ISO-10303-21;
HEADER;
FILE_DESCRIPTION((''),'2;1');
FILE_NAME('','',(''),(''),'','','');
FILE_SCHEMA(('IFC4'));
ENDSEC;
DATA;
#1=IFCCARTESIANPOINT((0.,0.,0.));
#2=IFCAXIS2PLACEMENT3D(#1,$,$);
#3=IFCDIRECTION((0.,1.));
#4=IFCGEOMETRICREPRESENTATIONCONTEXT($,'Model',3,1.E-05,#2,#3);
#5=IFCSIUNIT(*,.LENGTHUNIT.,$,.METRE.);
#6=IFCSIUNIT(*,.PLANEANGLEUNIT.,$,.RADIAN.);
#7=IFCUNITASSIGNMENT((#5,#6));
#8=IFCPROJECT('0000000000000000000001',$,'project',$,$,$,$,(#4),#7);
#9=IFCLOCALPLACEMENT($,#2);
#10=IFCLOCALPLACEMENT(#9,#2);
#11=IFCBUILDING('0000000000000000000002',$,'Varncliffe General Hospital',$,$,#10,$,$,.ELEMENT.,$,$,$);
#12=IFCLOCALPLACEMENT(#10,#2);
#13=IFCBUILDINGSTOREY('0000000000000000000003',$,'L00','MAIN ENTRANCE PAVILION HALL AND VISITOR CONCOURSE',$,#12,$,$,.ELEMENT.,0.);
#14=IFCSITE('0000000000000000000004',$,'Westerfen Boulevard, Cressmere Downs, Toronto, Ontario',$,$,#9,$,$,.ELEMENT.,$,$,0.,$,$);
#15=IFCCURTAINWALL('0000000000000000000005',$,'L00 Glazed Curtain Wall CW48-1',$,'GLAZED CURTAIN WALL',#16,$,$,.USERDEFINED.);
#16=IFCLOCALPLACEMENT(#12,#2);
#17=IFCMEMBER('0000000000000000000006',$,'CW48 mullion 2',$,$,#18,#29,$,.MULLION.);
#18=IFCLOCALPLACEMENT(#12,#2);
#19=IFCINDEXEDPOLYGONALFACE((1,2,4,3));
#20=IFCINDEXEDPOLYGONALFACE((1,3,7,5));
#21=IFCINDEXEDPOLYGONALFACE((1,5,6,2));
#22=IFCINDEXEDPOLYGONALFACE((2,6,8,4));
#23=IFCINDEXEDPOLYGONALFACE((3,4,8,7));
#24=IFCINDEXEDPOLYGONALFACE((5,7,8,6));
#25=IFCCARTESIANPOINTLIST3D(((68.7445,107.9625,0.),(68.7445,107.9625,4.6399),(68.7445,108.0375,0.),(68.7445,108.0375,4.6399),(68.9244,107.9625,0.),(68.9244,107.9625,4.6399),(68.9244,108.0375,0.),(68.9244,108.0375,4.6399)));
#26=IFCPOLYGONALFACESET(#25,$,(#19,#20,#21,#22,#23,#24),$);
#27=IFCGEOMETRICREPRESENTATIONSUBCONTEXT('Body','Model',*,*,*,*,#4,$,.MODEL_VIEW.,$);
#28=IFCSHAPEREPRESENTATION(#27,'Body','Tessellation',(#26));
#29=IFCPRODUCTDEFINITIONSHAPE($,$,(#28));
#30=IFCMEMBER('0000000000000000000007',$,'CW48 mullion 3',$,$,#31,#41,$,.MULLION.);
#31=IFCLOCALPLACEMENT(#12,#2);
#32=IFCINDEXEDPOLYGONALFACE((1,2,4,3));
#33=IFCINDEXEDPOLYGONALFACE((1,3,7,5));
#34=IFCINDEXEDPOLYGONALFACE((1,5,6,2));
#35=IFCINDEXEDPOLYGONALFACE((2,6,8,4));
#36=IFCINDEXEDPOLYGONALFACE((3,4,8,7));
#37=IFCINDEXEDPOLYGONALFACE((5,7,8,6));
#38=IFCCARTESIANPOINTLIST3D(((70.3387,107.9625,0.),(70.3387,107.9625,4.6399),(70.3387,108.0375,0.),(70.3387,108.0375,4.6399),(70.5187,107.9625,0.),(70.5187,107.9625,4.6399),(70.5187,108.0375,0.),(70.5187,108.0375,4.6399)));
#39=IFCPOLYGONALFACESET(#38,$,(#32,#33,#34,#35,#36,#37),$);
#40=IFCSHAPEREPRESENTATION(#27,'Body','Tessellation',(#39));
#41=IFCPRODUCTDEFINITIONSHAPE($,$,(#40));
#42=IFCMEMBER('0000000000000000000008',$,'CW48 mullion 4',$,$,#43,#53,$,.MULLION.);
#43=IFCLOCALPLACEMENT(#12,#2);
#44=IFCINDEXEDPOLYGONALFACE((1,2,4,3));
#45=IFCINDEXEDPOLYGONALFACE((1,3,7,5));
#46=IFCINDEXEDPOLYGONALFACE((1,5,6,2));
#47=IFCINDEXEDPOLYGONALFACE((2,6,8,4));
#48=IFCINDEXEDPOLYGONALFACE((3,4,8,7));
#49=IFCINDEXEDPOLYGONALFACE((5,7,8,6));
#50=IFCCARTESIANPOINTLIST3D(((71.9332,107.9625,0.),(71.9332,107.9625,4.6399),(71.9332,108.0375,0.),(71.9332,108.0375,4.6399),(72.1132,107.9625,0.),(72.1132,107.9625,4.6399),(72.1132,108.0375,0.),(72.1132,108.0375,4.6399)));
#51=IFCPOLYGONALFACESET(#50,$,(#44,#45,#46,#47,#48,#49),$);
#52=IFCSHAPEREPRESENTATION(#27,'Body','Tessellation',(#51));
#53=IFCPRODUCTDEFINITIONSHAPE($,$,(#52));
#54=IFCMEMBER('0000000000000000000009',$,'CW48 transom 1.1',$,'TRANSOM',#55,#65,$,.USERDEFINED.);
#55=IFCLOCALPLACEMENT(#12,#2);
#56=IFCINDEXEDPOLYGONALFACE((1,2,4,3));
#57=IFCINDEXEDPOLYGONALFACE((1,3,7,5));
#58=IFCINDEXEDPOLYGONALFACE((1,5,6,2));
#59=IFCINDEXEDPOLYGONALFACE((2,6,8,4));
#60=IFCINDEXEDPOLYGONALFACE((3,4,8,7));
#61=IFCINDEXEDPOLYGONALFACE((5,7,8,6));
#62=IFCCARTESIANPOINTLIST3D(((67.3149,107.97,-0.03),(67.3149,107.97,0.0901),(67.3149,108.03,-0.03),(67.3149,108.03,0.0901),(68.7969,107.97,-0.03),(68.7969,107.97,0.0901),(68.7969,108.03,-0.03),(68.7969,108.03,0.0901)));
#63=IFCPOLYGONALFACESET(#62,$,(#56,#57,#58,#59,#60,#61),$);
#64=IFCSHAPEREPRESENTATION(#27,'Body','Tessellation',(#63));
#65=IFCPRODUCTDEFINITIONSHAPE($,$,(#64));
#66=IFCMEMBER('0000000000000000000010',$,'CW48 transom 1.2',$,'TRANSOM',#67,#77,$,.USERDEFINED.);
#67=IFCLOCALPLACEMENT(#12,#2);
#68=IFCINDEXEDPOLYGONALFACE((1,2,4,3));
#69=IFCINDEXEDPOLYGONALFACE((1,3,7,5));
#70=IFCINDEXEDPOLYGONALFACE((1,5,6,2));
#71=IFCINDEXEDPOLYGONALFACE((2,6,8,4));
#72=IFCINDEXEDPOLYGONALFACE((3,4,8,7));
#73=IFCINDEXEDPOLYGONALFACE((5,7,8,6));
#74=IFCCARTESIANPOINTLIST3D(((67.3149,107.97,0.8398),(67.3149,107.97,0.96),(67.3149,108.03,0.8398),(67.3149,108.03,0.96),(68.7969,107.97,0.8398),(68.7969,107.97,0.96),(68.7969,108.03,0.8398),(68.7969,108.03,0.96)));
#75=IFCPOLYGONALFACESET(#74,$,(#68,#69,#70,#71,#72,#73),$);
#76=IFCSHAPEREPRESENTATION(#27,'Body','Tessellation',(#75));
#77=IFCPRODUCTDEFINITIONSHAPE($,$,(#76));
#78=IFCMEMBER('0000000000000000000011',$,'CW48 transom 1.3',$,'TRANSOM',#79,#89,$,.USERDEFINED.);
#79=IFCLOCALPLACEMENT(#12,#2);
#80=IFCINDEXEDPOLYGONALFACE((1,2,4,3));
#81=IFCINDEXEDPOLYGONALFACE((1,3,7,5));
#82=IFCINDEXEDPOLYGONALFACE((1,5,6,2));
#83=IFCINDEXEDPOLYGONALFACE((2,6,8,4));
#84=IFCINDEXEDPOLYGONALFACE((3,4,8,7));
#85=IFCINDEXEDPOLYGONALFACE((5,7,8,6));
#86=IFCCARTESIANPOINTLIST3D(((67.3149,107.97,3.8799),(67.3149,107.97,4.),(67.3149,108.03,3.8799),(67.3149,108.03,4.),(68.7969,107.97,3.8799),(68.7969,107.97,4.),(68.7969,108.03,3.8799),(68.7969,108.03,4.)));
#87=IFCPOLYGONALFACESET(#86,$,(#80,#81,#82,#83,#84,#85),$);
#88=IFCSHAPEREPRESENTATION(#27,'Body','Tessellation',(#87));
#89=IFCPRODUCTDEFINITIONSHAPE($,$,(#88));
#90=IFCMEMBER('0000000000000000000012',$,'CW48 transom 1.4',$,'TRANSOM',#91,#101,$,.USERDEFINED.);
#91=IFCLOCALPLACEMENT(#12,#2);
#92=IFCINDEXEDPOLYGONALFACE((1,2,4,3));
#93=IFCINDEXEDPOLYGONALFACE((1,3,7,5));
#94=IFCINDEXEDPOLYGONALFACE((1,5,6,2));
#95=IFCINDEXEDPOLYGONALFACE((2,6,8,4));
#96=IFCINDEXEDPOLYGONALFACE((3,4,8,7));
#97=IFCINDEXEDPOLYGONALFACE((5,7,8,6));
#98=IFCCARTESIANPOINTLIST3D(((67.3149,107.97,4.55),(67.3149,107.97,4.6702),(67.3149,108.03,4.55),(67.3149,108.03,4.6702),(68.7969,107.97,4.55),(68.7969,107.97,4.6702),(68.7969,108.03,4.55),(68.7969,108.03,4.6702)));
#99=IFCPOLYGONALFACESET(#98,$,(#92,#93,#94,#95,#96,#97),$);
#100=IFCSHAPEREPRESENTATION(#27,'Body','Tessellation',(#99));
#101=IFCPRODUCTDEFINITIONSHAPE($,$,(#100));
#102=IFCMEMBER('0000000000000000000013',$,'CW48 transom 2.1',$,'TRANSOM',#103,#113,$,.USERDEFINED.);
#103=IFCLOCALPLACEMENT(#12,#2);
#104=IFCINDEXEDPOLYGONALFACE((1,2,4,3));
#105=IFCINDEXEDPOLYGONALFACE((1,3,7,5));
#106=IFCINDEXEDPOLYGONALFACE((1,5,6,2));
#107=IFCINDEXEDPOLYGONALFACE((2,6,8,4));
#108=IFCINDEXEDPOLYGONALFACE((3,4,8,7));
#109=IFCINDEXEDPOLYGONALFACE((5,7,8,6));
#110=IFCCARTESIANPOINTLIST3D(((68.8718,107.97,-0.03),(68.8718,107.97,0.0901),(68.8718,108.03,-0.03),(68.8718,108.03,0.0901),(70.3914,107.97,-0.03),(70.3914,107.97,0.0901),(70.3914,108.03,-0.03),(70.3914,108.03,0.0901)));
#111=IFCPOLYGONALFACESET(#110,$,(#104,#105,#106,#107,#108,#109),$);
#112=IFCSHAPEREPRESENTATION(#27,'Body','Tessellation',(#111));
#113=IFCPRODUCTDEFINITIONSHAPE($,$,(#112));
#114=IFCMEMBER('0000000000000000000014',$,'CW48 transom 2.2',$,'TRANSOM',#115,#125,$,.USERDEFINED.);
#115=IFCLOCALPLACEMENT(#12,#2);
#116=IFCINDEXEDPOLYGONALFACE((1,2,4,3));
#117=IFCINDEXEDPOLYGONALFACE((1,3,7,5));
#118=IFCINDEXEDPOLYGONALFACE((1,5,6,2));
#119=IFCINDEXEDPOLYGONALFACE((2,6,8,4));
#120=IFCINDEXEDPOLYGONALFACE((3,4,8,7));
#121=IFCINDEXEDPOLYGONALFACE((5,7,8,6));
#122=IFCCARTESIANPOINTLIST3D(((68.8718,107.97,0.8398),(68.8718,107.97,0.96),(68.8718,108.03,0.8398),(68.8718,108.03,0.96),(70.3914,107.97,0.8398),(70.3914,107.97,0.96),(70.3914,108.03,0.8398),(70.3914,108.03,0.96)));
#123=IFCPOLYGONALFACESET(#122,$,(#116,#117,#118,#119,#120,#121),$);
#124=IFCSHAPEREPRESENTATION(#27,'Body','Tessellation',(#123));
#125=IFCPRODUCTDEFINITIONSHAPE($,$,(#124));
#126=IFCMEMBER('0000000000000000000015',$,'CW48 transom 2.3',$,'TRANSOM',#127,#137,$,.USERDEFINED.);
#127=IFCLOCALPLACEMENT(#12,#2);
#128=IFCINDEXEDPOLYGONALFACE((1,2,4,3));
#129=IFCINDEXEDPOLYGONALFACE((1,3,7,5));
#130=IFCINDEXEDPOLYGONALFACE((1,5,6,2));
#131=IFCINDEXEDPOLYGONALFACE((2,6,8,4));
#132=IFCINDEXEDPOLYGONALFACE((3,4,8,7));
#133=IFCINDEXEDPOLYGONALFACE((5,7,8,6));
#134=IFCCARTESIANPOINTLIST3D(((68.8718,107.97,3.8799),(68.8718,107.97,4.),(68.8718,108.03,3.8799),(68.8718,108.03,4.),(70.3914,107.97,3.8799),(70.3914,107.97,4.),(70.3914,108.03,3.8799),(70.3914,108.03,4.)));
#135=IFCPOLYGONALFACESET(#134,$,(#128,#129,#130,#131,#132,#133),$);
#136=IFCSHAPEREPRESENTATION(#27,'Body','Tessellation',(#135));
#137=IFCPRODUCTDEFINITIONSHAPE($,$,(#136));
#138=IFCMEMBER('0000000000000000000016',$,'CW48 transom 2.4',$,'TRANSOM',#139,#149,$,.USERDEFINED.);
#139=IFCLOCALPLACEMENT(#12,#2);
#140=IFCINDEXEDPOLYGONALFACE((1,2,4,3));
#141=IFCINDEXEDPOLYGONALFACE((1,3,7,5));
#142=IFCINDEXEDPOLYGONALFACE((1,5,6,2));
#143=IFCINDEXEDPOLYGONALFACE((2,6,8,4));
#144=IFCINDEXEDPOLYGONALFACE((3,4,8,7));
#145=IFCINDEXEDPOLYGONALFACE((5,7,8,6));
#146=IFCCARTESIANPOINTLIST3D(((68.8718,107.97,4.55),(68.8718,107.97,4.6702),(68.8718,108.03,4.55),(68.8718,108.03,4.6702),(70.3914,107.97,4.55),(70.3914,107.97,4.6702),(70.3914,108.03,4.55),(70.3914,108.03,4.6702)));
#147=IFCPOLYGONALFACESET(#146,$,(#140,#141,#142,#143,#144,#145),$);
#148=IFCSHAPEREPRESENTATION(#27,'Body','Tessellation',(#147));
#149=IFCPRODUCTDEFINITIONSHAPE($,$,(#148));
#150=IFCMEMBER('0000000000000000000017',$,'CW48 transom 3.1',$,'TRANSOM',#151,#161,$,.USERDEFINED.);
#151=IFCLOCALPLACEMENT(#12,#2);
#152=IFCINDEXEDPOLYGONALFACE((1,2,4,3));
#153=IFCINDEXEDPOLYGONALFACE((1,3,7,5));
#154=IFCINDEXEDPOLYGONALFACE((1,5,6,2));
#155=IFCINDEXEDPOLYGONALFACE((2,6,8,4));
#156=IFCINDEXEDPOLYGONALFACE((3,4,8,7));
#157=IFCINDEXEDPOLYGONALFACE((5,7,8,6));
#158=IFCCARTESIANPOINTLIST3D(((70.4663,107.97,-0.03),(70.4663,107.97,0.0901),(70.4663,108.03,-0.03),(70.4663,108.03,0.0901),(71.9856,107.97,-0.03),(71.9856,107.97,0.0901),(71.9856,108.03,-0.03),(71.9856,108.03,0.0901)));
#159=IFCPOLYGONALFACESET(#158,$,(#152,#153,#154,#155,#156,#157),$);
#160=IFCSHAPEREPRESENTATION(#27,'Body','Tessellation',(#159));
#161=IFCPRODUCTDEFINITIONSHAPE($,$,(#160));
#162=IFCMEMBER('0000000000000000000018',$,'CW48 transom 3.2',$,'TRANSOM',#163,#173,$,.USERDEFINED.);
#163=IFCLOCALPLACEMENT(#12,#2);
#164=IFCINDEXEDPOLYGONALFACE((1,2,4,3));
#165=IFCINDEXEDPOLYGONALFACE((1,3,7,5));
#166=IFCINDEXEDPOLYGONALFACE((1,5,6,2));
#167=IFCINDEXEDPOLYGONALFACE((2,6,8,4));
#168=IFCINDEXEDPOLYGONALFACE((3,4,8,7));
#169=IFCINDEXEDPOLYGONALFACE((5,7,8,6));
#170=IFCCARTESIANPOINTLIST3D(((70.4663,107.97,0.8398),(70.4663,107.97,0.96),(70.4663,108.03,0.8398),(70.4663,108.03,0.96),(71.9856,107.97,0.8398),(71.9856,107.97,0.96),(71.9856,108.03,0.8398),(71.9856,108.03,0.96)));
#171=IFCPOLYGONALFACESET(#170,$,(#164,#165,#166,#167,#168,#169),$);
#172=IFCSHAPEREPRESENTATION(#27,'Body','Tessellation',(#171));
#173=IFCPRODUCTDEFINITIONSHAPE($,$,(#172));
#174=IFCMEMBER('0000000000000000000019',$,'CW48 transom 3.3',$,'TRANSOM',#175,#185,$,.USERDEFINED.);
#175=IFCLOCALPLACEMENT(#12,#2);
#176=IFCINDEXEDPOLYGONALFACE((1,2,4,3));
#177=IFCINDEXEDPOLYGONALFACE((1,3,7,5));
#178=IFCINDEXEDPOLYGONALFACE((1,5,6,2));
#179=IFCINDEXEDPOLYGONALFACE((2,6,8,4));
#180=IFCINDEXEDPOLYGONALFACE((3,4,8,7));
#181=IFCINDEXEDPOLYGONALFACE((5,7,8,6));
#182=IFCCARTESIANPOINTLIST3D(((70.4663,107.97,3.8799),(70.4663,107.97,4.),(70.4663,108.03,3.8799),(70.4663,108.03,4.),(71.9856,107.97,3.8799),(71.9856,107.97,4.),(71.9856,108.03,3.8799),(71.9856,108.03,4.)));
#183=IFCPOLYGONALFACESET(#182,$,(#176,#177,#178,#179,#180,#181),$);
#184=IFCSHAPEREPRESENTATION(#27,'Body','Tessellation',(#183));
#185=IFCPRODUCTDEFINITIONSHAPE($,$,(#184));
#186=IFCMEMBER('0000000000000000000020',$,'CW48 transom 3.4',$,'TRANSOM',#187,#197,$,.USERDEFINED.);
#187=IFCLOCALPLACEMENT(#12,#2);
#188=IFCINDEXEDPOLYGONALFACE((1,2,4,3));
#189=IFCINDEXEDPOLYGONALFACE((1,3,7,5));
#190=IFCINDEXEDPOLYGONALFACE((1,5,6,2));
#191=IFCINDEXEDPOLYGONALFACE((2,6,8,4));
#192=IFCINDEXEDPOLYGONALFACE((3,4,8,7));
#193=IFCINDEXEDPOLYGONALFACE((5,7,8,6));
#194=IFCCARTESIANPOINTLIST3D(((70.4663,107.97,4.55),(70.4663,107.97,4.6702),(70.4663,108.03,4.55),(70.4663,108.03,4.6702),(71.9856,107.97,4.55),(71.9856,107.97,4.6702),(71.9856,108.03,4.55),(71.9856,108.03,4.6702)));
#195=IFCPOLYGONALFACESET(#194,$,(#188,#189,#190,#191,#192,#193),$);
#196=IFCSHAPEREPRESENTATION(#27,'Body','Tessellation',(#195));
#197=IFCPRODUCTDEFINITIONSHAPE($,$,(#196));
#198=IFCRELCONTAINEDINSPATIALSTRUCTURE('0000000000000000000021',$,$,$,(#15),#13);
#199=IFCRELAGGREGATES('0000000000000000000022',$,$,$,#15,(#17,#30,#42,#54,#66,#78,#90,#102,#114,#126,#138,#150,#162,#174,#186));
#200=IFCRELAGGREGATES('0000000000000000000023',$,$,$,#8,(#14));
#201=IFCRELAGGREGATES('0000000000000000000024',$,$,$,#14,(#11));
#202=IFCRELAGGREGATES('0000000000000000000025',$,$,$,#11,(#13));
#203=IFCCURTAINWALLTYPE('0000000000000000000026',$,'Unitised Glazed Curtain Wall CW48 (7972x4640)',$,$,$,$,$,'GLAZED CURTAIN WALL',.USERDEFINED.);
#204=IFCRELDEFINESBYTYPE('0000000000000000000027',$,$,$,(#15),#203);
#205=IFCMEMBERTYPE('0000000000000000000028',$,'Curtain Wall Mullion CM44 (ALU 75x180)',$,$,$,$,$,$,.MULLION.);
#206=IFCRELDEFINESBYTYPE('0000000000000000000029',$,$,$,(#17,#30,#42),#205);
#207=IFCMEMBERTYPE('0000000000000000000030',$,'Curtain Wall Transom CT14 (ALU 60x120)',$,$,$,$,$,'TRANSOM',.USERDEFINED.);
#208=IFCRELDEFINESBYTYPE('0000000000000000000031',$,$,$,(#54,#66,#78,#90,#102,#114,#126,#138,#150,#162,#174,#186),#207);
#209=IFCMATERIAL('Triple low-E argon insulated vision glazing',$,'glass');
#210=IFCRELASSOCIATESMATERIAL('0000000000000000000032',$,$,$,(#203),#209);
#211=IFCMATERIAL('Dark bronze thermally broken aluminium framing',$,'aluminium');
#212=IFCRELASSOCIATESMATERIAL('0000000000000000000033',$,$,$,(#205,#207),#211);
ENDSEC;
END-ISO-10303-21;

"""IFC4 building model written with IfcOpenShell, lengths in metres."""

from ifc_helpers import new_model, si_unit, direction, frame, origin, origin_2d, place, context, subcontext, project, spatial, rectangle, extrude, material, material_profile, profile_set, type_object, element, aggregate, save


model = new_model("IFC4")

# Units and contexts
model_context = context("Model", 3, precision=1e-05, world=origin(), true_north=direction((0.0, 1.0)))
body_context = subcontext(model_context, "Body", "Model", "MODEL_VIEW")
ifc_project = project(units=[si_unit("LENGTHUNIT", "METRE"), si_unit("PLANEANGLEUNIT", "RADIAN")], contexts=[model_context])

# Site, building, storey
site_placement = place(None, origin())
site = spatial("IfcSite", under=ifc_project, at=site_placement, Name="Westerfen Boulevard, Cressmere Downs, Toronto, Ontario", CompositionType="ELEMENT", RefElevation=0.0)
building_placement = place(site_placement, origin())
building = spatial("IfcBuilding", under=site, at=building_placement, Name="Varncliffe General Hospital", CompositionType="ELEMENT")
storey_placement = place(building_placement, origin())
storey = spatial("IfcBuildingStorey", under=building, at=storey_placement, Name="L00", Description="MAIN ENTRANCE PAVILION HALL AND VISITOR CONCOURSE", CompositionType="ELEMENT", Elevation=0.0)

# Curtain wall, members
ifc_material_1 = material(Name="Triple low-E argon insulated vision glazing", Category="glass")
curtain_wall_type = type_object("IfcCurtainWallType", Name="Unitised Glazed Curtain Wall CW48 (7972x4640)", ElementType="GLAZED CURTAIN WALL", PredefinedType="USERDEFINED", material=ifc_material_1)
curtain_wall_placement = place(storey_placement, origin())
curtain_wall = element("IfcCurtainWall", 1, at=curtain_wall_placement, inside=storey, type_object=curtain_wall_type, Name="L00 Glazed Curtain Wall CW48-1", ObjectType="GLAZED CURTAIN WALL", PredefinedType="USERDEFINED")
ifc_material_2 = material(Name="Dark bronze thermally broken aluminium framing", Category="aluminium")
ifc_material_profile_1 = material_profile(ifc_material_2, rectangle(XDim=0.075, YDim=0.1799, at=origin_2d()), Name="ALU 75x180")
ifc_profile_set_1 = profile_set([ifc_material_profile_1], Name="Dark bronze thermally broken aluminium framing")
member_type_1 = type_object("IfcMemberType", Name="Curtain Wall Mullion CM44 (ALU 75x180)", PredefinedType="MULLION", material=ifc_profile_set_1)
member_1_placement = place(storey_placement, frame((68.8345, 108.0, 0.0), z_axis=(0.0, 0.0, 1.0), x_axis=(0.0, 1.0, 0.0)))
member_1 = element("IfcMember", 2, at=member_1_placement, type_object=member_type_1, Name="CW48 mullion 2", PredefinedType="MULLION", context=body_context, shape_type="SweptSolid", body=[
    extrude(rectangle(XDim=0.075, YDim=0.1799, at=origin_2d()), origin(), (0.0, 0.0, 1.0), 4.6399),
])
member_2_placement = place(storey_placement, frame((70.4287, 108.0, 0.0), z_axis=(0.0, 0.0, 1.0), x_axis=(0.0, 1.0, 0.0)))
member_2 = element("IfcMember", 3, at=member_2_placement, type_object=member_type_1, Name="CW48 mullion 3", PredefinedType="MULLION", context=body_context, shape_type="SweptSolid", body=[
    extrude(rectangle(XDim=0.075, YDim=0.1799, at=origin_2d()), origin(), (0.0, 0.0, 1.0), 4.6399),
])
member_3_placement = place(storey_placement, frame((72.0232, 108.0, 0.0), z_axis=(0.0, 0.0, 1.0), x_axis=(0.0, 1.0, 0.0)))
member_3 = element("IfcMember", 4, at=member_3_placement, type_object=member_type_1, Name="CW48 mullion 4", PredefinedType="MULLION", context=body_context, shape_type="SweptSolid", body=[
    extrude(rectangle(XDim=0.075, YDim=0.1799, at=origin_2d()), origin(), (0.0, 0.0, 1.0), 4.6399),
])
ifc_material_profile_2 = material_profile(ifc_material_2, rectangle(XDim=0.0601, YDim=0.1201, at=origin_2d()), Name="ALU 60x120")
ifc_profile_set_2 = profile_set([ifc_material_profile_2], Name="Dark bronze thermally broken aluminium framing")
member_type_2 = type_object("IfcMemberType", Name="Curtain Wall Transom CT14 (ALU 60x120)", ElementType="TRANSOM", PredefinedType="USERDEFINED", material=ifc_profile_set_2)
member_4_placement = place(storey_placement, frame((67.3149, 108.0, 0.03), z_axis=(1.0, 0.0, 0.0), x_axis=(0.0, 1.0, 0.0)))
member_4 = element("IfcMember", 5, at=member_4_placement, type_object=member_type_2, Name="CW48 transom 1.1", ObjectType="TRANSOM", PredefinedType="USERDEFINED", context=body_context, shape_type="SweptSolid", body=[
    extrude(rectangle(XDim=0.0601, YDim=0.1201, at=origin_2d()), origin(), (0.0, 0.0, 1.0), 1.4819),
])
member_5_placement = place(storey_placement, frame((67.3149, 108.0, 0.8999), z_axis=(1.0, 0.0, 0.0), x_axis=(0.0, 1.0, 0.0)))
member_5 = element("IfcMember", 6, at=member_5_placement, type_object=member_type_2, Name="CW48 transom 1.2", ObjectType="TRANSOM", PredefinedType="USERDEFINED", context=body_context, shape_type="SweptSolid", body=[
    extrude(rectangle(XDim=0.0601, YDim=0.1201, at=origin_2d()), origin(), (0.0, 0.0, 1.0), 1.4819),
])
member_6_placement = place(storey_placement, frame((67.3149, 108.0, 3.9399), z_axis=(1.0, 0.0, 0.0), x_axis=(0.0, 1.0, 0.0)))
member_6 = element("IfcMember", 7, at=member_6_placement, type_object=member_type_2, Name="CW48 transom 1.3", ObjectType="TRANSOM", PredefinedType="USERDEFINED", context=body_context, shape_type="SweptSolid", body=[
    extrude(rectangle(XDim=0.0601, YDim=0.1201, at=origin_2d()), origin(), (0.0, 0.0, 1.0), 1.4819),
])
member_7_placement = place(storey_placement, frame((67.3149, 108.0, 4.6101), z_axis=(1.0, 0.0, 0.0), x_axis=(0.0, 1.0, 0.0)))
member_7 = element("IfcMember", 8, at=member_7_placement, type_object=member_type_2, Name="CW48 transom 1.4", ObjectType="TRANSOM", PredefinedType="USERDEFINED", context=body_context, shape_type="SweptSolid", body=[
    extrude(rectangle(XDim=0.0601, YDim=0.1201, at=origin_2d()), origin(), (0.0, 0.0, 1.0), 1.4819),
])
member_8_placement = place(storey_placement, frame((68.8718, 108.0, 0.03), z_axis=(1.0, 0.0, 0.0), x_axis=(0.0, 1.0, 0.0)))
member_8 = element("IfcMember", 9, at=member_8_placement, type_object=member_type_2, Name="CW48 transom 2.1", ObjectType="TRANSOM", PredefinedType="USERDEFINED", context=body_context, shape_type="SweptSolid", body=[
    extrude(rectangle(XDim=0.0601, YDim=0.1201, at=origin_2d()), origin(), (0.0, 0.0, 1.0), 1.5195),
])
member_9_placement = place(storey_placement, frame((68.8718, 108.0, 0.8999), z_axis=(1.0, 0.0, 0.0), x_axis=(0.0, 1.0, 0.0)))
member_9 = element("IfcMember", 10, at=member_9_placement, type_object=member_type_2, Name="CW48 transom 2.2", ObjectType="TRANSOM", PredefinedType="USERDEFINED", context=body_context, shape_type="SweptSolid", body=[
    extrude(rectangle(XDim=0.0601, YDim=0.1201, at=origin_2d()), origin(), (0.0, 0.0, 1.0), 1.5195),
])
member_10_placement = place(storey_placement, frame((68.8718, 108.0, 3.9399), z_axis=(1.0, 0.0, 0.0), x_axis=(0.0, 1.0, 0.0)))
member_10 = element("IfcMember", 11, at=member_10_placement, type_object=member_type_2, Name="CW48 transom 2.3", ObjectType="TRANSOM", PredefinedType="USERDEFINED", context=body_context, shape_type="SweptSolid", body=[
    extrude(rectangle(XDim=0.0601, YDim=0.1201, at=origin_2d()), origin(), (0.0, 0.0, 1.0), 1.5195),
])
member_11_placement = place(storey_placement, frame((68.8718, 108.0, 4.6101), z_axis=(1.0, 0.0, 0.0), x_axis=(0.0, 1.0, 0.0)))
member_11 = element("IfcMember", 12, at=member_11_placement, type_object=member_type_2, Name="CW48 transom 2.4", ObjectType="TRANSOM", PredefinedType="USERDEFINED", context=body_context, shape_type="SweptSolid", body=[
    extrude(rectangle(XDim=0.0601, YDim=0.1201, at=origin_2d()), origin(), (0.0, 0.0, 1.0), 1.5195),
])
member_12_placement = place(storey_placement, frame((70.4663, 108.0, 0.03), z_axis=(1.0, 0.0, 0.0), x_axis=(0.0, 1.0, 0.0)))
member_12 = element("IfcMember", 13, at=member_12_placement, type_object=member_type_2, Name="CW48 transom 3.1", ObjectType="TRANSOM", PredefinedType="USERDEFINED", context=body_context, shape_type="SweptSolid", body=[
    extrude(rectangle(XDim=0.0601, YDim=0.1201, at=origin_2d()), origin(), (0.0, 0.0, 1.0), 1.5193),
])
member_13_placement = place(storey_placement, frame((70.4663, 108.0, 0.8999), z_axis=(1.0, 0.0, 0.0), x_axis=(0.0, 1.0, 0.0)))
member_13 = element("IfcMember", 14, at=member_13_placement, type_object=member_type_2, Name="CW48 transom 3.2", ObjectType="TRANSOM", PredefinedType="USERDEFINED", context=body_context, shape_type="SweptSolid", body=[
    extrude(rectangle(XDim=0.0601, YDim=0.1201, at=origin_2d()), origin(), (0.0, 0.0, 1.0), 1.5193),
])
member_14_placement = place(storey_placement, frame((70.4663, 108.0, 3.9399), z_axis=(1.0, 0.0, 0.0), x_axis=(0.0, 1.0, 0.0)))
member_14 = element("IfcMember", 15, at=member_14_placement, type_object=member_type_2, Name="CW48 transom 3.3", ObjectType="TRANSOM", PredefinedType="USERDEFINED", context=body_context, shape_type="SweptSolid", body=[
    extrude(rectangle(XDim=0.0601, YDim=0.1201, at=origin_2d()), origin(), (0.0, 0.0, 1.0), 1.5193),
])
member_15_placement = place(storey_placement, frame((70.4663, 108.0, 4.6101), z_axis=(1.0, 0.0, 0.0), x_axis=(0.0, 1.0, 0.0)))
member_15 = element("IfcMember", 16, at=member_15_placement, type_object=member_type_2, Name="CW48 transom 3.4", ObjectType="TRANSOM", PredefinedType="USERDEFINED", context=body_context, shape_type="SweptSolid", body=[
    extrude(rectangle(XDim=0.0601, YDim=0.1201, at=origin_2d()), origin(), (0.0, 0.0, 1.0), 1.5193),
])
aggregate(curtain_wall, [member_1, member_2, member_3, member_4, member_5, member_6, member_7, member_8, member_9, member_10, member_11, member_12, member_13, member_14, member_15])

save(model, "model.ifc")
